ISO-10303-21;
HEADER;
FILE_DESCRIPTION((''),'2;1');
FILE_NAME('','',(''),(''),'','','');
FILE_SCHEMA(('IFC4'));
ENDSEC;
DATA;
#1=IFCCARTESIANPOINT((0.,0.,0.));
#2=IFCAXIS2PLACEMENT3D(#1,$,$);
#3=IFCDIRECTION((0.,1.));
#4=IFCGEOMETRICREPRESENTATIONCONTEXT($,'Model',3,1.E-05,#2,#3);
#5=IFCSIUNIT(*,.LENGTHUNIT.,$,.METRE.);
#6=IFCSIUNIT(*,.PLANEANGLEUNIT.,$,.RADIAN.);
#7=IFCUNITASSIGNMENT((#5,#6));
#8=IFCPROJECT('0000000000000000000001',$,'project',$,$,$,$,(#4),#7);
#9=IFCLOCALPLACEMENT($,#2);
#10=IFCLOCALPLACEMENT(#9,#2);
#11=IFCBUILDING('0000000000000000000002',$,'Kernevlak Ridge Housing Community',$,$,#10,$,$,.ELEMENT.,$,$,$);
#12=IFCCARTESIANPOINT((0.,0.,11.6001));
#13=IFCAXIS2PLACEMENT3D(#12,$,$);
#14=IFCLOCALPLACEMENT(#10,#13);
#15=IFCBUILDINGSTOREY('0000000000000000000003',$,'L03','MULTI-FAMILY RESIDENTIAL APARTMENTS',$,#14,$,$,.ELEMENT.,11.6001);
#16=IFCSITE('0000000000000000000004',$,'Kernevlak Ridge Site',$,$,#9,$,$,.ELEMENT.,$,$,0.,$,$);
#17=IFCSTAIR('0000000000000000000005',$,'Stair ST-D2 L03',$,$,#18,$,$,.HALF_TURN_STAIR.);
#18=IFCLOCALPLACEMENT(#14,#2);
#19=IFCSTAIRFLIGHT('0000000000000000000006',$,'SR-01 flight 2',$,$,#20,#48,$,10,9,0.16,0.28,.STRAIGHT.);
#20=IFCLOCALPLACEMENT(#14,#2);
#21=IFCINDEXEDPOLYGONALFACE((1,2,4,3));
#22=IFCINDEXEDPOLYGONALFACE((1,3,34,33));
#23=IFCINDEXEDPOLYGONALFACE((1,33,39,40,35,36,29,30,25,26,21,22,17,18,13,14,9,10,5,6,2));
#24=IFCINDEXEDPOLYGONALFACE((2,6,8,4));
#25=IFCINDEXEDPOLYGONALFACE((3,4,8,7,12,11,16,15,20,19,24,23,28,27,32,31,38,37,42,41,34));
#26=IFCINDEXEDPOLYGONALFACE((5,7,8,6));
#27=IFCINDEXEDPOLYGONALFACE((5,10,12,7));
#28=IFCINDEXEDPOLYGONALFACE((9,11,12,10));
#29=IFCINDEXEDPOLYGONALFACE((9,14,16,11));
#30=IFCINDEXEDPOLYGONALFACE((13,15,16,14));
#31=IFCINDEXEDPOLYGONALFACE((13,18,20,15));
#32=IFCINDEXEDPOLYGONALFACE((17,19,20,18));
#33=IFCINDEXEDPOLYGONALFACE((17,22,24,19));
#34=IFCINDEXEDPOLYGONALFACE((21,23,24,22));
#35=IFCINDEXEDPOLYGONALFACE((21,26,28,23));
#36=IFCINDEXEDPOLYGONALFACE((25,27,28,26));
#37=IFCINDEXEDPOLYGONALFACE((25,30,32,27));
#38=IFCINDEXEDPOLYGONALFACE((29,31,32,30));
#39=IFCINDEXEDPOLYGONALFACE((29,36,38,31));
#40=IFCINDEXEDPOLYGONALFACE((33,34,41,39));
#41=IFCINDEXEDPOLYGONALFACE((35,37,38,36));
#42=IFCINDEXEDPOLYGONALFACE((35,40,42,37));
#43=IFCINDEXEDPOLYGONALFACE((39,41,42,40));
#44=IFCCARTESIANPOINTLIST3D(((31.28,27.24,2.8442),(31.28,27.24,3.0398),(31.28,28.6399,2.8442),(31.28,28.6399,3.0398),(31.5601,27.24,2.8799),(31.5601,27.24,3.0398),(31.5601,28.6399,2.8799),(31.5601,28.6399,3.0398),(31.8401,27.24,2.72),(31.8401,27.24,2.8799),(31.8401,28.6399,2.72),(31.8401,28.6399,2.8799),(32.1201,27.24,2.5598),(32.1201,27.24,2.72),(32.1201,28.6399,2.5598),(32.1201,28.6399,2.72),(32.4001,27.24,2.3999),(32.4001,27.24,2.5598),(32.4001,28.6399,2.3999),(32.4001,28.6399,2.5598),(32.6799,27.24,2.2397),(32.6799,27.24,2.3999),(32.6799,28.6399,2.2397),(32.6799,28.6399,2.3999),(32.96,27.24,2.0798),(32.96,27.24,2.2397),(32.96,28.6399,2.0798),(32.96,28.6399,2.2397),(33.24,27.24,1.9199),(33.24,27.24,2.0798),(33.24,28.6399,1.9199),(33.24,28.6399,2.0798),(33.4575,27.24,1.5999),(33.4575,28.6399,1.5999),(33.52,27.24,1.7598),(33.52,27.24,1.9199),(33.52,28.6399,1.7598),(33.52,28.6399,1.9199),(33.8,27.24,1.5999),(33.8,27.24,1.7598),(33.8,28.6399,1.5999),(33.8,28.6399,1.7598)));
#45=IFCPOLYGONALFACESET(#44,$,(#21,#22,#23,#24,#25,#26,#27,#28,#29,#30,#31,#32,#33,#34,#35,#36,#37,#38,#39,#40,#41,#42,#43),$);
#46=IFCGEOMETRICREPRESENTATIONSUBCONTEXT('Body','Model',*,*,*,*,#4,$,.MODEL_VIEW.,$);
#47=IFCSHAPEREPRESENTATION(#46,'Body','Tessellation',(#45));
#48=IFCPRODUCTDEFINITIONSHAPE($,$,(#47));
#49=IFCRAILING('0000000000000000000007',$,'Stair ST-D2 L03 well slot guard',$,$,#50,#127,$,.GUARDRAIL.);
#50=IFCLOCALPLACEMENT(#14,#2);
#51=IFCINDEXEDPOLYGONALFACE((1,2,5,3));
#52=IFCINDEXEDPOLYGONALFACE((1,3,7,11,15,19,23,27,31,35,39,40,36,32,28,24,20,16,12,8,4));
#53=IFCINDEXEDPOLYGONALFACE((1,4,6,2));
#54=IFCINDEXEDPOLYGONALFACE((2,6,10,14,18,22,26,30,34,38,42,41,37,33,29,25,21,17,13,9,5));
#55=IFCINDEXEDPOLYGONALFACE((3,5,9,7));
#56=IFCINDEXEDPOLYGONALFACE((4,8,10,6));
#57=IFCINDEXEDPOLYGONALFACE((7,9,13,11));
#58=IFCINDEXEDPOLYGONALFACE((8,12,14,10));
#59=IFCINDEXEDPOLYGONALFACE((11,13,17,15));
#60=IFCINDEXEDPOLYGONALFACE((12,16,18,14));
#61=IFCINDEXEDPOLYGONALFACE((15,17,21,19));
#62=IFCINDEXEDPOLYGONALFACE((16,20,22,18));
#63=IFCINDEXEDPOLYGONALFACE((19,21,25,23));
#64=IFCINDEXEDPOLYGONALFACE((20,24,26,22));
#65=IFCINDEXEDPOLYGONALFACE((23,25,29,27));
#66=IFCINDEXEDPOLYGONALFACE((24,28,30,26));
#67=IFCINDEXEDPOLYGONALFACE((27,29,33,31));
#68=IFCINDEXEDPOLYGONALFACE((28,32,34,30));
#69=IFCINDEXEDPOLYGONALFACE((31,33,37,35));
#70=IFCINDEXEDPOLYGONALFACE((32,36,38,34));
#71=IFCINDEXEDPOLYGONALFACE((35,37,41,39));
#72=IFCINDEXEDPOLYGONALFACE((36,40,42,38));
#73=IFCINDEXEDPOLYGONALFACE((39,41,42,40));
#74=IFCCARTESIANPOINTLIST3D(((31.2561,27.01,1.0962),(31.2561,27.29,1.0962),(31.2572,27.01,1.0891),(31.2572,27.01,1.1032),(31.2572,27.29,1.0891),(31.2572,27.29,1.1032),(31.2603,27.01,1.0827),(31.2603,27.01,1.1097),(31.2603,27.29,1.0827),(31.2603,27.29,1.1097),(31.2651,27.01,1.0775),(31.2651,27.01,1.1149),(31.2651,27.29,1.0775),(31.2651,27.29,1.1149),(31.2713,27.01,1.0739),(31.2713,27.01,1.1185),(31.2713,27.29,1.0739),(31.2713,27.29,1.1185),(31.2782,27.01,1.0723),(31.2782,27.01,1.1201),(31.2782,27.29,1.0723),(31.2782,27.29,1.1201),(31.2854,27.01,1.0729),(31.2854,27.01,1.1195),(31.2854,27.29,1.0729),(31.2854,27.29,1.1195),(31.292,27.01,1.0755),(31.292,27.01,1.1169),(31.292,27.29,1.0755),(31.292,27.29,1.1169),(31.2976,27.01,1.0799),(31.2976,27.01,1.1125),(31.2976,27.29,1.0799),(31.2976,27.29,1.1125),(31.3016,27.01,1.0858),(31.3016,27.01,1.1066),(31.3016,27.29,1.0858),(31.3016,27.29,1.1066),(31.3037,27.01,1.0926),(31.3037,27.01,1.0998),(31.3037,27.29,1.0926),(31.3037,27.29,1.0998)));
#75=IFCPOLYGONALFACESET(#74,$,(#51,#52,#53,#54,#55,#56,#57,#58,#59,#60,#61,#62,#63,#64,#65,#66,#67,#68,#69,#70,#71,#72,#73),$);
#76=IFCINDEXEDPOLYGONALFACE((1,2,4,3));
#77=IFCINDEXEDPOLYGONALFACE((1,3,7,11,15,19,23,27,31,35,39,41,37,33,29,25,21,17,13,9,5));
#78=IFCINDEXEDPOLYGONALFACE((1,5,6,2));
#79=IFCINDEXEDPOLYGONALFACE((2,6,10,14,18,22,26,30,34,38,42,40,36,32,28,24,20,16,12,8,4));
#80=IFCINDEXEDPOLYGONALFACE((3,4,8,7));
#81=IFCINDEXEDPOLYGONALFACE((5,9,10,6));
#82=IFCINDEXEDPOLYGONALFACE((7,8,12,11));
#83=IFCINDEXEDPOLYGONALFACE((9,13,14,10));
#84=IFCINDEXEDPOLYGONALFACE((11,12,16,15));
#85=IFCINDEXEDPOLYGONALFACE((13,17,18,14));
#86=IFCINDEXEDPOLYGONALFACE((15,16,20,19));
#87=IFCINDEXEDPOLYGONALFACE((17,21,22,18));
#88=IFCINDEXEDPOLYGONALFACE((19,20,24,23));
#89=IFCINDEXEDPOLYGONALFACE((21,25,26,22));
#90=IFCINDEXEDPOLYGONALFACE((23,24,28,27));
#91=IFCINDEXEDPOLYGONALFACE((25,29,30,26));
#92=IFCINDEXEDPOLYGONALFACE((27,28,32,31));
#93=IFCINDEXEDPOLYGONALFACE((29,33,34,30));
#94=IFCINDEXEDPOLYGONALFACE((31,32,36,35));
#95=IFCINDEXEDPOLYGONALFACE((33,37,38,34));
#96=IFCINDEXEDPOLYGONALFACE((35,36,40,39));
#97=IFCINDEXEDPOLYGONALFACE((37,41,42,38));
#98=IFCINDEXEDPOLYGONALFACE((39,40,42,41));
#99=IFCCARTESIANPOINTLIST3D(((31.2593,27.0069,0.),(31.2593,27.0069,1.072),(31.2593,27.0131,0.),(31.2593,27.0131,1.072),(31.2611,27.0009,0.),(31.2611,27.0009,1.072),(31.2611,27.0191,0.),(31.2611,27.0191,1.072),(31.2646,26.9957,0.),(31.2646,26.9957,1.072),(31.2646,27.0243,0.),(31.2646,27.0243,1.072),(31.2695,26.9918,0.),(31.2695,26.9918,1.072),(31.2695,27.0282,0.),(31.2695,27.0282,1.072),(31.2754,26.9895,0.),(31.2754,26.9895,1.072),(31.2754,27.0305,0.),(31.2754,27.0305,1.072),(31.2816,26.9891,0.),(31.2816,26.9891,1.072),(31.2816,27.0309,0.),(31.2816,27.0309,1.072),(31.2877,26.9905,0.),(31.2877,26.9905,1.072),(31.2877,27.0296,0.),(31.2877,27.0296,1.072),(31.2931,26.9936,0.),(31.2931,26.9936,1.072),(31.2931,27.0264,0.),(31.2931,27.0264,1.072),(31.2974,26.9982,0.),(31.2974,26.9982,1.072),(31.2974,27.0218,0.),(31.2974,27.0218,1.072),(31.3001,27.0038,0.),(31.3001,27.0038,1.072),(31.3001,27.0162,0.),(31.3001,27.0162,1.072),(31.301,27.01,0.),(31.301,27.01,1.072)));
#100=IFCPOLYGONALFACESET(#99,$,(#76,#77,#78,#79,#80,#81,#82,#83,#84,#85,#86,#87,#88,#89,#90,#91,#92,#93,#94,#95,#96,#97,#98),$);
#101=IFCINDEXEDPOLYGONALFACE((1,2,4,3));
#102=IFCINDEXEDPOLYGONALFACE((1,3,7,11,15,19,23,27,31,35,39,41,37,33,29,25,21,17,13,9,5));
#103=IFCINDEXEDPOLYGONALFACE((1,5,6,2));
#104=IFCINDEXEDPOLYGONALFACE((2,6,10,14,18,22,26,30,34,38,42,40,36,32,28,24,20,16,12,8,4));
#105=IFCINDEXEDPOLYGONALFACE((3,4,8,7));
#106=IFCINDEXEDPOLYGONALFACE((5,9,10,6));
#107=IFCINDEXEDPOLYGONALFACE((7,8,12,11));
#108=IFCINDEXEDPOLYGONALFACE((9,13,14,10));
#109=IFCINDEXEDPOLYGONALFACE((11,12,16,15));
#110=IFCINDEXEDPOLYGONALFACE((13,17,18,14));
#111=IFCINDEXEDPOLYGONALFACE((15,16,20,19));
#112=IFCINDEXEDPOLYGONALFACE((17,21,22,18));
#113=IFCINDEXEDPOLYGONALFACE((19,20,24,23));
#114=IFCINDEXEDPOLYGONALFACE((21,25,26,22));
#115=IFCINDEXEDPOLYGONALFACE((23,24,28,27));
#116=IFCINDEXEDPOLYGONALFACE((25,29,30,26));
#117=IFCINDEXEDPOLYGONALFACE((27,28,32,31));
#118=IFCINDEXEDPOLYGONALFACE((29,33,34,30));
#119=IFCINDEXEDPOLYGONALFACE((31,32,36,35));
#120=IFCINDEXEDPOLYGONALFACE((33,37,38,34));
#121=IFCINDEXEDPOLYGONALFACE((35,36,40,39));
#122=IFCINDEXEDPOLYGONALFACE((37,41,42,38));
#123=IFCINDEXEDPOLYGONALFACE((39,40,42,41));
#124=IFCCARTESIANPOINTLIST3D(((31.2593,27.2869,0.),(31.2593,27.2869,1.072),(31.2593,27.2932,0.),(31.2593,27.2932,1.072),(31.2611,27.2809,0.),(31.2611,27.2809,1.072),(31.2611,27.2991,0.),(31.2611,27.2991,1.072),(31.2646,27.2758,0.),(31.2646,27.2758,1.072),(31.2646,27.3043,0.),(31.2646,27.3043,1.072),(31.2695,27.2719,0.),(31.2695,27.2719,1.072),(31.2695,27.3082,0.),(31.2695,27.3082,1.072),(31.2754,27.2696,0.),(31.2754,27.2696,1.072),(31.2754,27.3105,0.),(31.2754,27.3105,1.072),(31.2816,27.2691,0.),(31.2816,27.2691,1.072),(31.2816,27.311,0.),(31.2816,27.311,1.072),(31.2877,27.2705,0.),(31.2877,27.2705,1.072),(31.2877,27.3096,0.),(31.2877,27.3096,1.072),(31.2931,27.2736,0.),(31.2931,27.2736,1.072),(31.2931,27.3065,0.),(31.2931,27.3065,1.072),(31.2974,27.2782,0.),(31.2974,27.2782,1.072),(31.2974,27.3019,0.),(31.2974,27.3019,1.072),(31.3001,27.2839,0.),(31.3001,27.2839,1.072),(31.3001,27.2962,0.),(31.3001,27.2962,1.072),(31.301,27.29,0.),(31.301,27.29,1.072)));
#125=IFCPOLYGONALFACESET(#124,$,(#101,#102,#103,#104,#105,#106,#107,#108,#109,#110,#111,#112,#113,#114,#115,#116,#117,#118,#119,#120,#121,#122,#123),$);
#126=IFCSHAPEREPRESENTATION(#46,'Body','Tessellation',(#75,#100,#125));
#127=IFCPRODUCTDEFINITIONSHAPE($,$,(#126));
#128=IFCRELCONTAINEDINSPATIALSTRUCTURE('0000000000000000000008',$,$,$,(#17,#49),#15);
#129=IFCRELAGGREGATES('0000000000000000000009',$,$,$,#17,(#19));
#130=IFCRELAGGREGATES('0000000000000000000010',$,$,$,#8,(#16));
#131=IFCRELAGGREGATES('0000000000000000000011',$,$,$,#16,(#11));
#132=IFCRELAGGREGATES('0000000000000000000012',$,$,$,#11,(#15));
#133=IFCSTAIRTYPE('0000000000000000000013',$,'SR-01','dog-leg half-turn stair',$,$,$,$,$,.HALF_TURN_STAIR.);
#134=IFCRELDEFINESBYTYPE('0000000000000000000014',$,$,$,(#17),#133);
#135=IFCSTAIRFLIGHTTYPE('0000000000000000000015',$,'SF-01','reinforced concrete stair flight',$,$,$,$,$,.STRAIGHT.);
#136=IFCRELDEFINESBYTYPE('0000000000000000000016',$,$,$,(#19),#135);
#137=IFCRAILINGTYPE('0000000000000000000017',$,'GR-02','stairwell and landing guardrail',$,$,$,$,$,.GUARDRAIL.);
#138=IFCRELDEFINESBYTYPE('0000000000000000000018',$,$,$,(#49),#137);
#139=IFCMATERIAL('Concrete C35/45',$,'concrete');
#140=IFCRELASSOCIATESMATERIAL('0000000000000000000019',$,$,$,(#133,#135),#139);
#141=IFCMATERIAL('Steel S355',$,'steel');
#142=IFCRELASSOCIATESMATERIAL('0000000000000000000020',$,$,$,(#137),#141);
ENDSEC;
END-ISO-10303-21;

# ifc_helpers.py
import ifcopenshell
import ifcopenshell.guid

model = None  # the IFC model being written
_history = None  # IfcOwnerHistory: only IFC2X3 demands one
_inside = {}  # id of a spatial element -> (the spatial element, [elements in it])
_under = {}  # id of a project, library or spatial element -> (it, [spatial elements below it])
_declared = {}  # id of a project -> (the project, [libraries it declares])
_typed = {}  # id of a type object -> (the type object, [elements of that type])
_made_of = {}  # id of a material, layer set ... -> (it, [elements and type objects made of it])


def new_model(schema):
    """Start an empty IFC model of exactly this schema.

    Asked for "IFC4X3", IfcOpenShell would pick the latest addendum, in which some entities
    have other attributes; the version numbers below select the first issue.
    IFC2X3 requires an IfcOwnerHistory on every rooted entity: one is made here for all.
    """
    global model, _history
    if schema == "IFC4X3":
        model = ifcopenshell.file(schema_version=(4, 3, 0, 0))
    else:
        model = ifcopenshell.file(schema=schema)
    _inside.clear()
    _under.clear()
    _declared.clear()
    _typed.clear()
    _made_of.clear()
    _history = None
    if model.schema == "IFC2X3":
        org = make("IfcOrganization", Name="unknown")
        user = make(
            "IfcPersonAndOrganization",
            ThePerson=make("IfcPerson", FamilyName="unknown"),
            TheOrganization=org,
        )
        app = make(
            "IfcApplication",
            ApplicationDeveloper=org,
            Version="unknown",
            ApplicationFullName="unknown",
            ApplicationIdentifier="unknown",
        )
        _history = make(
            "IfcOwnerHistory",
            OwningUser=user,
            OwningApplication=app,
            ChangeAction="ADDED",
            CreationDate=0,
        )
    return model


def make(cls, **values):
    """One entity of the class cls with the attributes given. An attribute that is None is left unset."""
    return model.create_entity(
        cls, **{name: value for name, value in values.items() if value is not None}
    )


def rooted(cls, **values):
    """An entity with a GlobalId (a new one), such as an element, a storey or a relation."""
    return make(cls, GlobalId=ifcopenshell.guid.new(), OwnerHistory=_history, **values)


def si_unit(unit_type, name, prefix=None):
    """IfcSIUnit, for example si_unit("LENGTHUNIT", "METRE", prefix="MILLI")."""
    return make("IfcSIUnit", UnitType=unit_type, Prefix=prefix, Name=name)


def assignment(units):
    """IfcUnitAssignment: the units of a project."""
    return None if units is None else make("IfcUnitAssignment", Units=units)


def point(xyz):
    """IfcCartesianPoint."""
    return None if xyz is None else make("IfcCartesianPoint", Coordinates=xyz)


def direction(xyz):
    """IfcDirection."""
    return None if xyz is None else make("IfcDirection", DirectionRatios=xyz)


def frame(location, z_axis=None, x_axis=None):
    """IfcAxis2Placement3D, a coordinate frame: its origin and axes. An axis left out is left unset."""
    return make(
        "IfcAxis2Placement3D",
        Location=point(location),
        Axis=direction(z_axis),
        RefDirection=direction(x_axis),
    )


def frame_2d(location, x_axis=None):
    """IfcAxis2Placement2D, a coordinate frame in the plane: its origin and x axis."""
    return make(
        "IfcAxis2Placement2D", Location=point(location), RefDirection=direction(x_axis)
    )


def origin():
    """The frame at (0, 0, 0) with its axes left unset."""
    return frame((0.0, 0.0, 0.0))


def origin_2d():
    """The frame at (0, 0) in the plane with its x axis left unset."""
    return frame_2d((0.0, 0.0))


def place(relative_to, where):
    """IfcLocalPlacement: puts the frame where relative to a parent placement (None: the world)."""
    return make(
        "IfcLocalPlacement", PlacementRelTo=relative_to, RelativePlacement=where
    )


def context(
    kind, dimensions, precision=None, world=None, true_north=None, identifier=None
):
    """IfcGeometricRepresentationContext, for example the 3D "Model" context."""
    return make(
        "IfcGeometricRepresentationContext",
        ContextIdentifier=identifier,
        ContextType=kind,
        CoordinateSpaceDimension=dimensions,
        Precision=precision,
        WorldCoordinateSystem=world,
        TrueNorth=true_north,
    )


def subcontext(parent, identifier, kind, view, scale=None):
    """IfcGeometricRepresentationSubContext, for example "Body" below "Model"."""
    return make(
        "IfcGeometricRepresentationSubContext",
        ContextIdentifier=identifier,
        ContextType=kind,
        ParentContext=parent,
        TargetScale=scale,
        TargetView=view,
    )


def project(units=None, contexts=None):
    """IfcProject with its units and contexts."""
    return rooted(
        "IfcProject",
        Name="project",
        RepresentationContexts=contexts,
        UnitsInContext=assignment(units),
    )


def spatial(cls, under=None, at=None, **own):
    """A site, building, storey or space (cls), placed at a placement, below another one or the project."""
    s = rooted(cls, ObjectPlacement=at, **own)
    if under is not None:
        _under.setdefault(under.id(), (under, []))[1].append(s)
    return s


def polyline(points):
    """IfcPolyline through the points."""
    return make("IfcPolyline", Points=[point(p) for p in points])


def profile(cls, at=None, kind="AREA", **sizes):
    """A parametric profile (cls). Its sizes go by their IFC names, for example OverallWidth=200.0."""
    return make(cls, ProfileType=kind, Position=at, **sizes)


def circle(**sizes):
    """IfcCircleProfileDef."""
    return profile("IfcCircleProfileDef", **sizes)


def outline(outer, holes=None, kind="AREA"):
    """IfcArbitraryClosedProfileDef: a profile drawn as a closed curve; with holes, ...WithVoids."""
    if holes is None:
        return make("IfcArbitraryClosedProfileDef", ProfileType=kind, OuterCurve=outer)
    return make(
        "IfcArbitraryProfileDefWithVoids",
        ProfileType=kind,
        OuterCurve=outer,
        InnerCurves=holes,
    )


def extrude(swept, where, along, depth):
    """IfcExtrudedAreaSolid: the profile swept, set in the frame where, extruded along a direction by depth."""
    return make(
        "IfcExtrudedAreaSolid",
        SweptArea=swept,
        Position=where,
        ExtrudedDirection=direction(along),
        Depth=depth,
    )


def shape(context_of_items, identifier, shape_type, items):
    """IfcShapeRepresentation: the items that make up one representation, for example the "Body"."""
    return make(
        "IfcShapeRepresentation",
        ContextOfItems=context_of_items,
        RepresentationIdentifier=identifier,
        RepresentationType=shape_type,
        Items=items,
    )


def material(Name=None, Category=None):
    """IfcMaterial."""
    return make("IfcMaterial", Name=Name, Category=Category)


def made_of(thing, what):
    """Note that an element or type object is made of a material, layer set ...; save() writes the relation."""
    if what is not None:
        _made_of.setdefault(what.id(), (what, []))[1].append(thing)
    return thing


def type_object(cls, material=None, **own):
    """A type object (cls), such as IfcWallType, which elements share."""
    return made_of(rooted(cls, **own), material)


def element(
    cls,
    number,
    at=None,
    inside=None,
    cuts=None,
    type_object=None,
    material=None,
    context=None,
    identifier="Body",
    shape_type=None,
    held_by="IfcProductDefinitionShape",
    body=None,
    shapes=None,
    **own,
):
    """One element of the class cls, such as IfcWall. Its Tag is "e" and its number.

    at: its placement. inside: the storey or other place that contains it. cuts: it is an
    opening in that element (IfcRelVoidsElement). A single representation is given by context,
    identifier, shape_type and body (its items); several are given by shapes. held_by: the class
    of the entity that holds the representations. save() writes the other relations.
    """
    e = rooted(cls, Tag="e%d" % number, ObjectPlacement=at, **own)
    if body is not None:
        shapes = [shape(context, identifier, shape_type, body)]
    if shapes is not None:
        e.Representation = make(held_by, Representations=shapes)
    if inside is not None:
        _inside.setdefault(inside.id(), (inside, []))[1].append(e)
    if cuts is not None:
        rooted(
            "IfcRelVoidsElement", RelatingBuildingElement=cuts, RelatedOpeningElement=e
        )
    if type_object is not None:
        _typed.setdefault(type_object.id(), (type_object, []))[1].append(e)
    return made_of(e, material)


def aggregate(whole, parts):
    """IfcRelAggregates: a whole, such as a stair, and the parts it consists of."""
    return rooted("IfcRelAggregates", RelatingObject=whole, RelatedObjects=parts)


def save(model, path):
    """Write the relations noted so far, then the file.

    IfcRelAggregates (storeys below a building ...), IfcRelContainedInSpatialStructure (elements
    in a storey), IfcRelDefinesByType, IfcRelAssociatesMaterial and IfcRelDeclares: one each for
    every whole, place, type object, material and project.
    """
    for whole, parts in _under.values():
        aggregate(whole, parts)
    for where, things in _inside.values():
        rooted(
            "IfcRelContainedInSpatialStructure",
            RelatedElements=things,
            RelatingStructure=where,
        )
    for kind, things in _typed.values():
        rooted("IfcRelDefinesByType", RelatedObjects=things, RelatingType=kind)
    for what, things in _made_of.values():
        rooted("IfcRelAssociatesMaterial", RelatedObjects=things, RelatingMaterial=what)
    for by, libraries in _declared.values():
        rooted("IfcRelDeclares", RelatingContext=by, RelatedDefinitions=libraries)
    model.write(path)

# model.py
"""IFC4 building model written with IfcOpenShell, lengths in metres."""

from ifc_helpers import new_model, si_unit, direction, frame, origin, origin_2d, place, context, subcontext, project, spatial, polyline, circle, outline, extrude, material, type_object, element, aggregate, save


model = new_model("IFC4")

# Units and contexts
model_context = context("Model", 3, precision=1e-05, world=origin(), true_north=direction((0.0, 1.0)))
body_context = subcontext(model_context, "Body", "Model", "MODEL_VIEW")
ifc_project = project(units=[si_unit("LENGTHUNIT", "METRE"), si_unit("PLANEANGLEUNIT", "RADIAN")], contexts=[model_context])

# Site, building, storey
site_placement = place(None, origin())
site = spatial("IfcSite", under=ifc_project, at=site_placement, Name="Kernevlak Ridge Site", CompositionType="ELEMENT", RefElevation=0.0)
building_placement = place(site_placement, origin())
building = spatial("IfcBuilding", under=site, at=building_placement, Name="Kernevlak Ridge Housing Community", CompositionType="ELEMENT")
storey_placement = place(building_placement, frame((0.0, 0.0, 11.6001)))
storey = spatial("IfcBuildingStorey", under=building, at=storey_placement, Name="L03", Description="MULTI-FAMILY RESIDENTIAL APARTMENTS", CompositionType="ELEMENT", Elevation=11.6001)

# Shared definitions
ifc_material_1 = material(Name="Concrete C35/45", Category="concrete")

# Stair, stair flight
stair_type = type_object("IfcStairType", Name="SR-01", Description="dog-leg half-turn stair", PredefinedType="HALF_TURN_STAIR", material=ifc_material_1)
stair_placement = place(storey_placement, origin())
stair = element("IfcStair", 1, at=stair_placement, inside=storey, type_object=stair_type, Name="Stair ST-D2 L03", PredefinedType="HALF_TURN_STAIR")
stair_flight_type = type_object("IfcStairFlightType", Name="SF-01", Description="reinforced concrete stair flight", PredefinedType="STRAIGHT", material=ifc_material_1)
stair_flight_1_placement = place(storey_placement, frame((33.8, 27.9399, 1.5999), z_axis=(0.0, 0.0, 1.0), x_axis=(-1.0, 0.0, 0.0)))
stair_flight_1 = element("IfcStairFlight", 2, at=stair_flight_1_placement, type_object=stair_flight_type, Name="SR-01 flight 2", NumberOfRisers=10, NumberOfTreads=9, PredefinedType="STRAIGHT", RiserHeight=0.16, TreadLength=0.28, context=body_context, shape_type="SweptSolid", body=[
    extrude(outline(polyline([(0.0, 0.0), (0.0, 0.1599), (0.28, 0.1599), (0.28, 0.3201), (0.5601, 0.3201), (0.5601, 0.48), (0.8401, 0.48), (0.8401, 0.6399), (1.1201, 0.6399), (1.1201, 0.8), (1.3999, 0.8), (1.3999, 0.96), (1.6799, 0.96), (1.6799, 1.1201), (1.96, 1.1201), (1.96, 1.28), (2.24, 1.28), (2.24, 1.4399), (2.52, 1.4399), (2.52, 1.6001), (2.52, 1.2444), (0.3425, 0.0), (0.0, 0.0)])), frame((0.0, 0.7, 0.0), z_axis=(0.0, -1.0, 0.0), x_axis=(1.0, 0.0, 0.0)), (0.0, 0.0, 1.0), 1.3999),
])
aggregate(stair, [stair_flight_1])

# Railing
ifc_material_2 = material(Name="Steel S355", Category="steel")
railing_type_1 = type_object("IfcRailingType", Name="GR-02", Description="stairwell and landing guardrail", PredefinedType="GUARDRAIL", material=ifc_material_2)
railing_1_placement = place(storey_placement, frame((31.28, 27.01, 0.0)))
element("IfcRailing", 3, at=railing_1_placement, inside=storey, type_object=railing_type_1, Name="Stair ST-D2 L03 well slot guard", PredefinedType="GUARDRAIL", context=body_context, shape_type="SweptSolid", body=[
    extrude(circle(Radius=0.0239, at=origin_2d()), frame((0.0, 0.0, 1.0962), z_axis=(0.0, 1.0, 0.0), x_axis=(-1.0, 0.0, 0.0)), (0.0, 0.0, 1.0), 0.28),
    extrude(circle(Radius=0.021, at=origin_2d()), origin(), (0.0, 0.0, 1.0), 1.072),
    extrude(circle(Radius=0.021, at=origin_2d()), frame((0.0, 0.28, 0.0)), (0.0, 0.0, 1.0), 1.072),
])

save(model, "model.ifc")
